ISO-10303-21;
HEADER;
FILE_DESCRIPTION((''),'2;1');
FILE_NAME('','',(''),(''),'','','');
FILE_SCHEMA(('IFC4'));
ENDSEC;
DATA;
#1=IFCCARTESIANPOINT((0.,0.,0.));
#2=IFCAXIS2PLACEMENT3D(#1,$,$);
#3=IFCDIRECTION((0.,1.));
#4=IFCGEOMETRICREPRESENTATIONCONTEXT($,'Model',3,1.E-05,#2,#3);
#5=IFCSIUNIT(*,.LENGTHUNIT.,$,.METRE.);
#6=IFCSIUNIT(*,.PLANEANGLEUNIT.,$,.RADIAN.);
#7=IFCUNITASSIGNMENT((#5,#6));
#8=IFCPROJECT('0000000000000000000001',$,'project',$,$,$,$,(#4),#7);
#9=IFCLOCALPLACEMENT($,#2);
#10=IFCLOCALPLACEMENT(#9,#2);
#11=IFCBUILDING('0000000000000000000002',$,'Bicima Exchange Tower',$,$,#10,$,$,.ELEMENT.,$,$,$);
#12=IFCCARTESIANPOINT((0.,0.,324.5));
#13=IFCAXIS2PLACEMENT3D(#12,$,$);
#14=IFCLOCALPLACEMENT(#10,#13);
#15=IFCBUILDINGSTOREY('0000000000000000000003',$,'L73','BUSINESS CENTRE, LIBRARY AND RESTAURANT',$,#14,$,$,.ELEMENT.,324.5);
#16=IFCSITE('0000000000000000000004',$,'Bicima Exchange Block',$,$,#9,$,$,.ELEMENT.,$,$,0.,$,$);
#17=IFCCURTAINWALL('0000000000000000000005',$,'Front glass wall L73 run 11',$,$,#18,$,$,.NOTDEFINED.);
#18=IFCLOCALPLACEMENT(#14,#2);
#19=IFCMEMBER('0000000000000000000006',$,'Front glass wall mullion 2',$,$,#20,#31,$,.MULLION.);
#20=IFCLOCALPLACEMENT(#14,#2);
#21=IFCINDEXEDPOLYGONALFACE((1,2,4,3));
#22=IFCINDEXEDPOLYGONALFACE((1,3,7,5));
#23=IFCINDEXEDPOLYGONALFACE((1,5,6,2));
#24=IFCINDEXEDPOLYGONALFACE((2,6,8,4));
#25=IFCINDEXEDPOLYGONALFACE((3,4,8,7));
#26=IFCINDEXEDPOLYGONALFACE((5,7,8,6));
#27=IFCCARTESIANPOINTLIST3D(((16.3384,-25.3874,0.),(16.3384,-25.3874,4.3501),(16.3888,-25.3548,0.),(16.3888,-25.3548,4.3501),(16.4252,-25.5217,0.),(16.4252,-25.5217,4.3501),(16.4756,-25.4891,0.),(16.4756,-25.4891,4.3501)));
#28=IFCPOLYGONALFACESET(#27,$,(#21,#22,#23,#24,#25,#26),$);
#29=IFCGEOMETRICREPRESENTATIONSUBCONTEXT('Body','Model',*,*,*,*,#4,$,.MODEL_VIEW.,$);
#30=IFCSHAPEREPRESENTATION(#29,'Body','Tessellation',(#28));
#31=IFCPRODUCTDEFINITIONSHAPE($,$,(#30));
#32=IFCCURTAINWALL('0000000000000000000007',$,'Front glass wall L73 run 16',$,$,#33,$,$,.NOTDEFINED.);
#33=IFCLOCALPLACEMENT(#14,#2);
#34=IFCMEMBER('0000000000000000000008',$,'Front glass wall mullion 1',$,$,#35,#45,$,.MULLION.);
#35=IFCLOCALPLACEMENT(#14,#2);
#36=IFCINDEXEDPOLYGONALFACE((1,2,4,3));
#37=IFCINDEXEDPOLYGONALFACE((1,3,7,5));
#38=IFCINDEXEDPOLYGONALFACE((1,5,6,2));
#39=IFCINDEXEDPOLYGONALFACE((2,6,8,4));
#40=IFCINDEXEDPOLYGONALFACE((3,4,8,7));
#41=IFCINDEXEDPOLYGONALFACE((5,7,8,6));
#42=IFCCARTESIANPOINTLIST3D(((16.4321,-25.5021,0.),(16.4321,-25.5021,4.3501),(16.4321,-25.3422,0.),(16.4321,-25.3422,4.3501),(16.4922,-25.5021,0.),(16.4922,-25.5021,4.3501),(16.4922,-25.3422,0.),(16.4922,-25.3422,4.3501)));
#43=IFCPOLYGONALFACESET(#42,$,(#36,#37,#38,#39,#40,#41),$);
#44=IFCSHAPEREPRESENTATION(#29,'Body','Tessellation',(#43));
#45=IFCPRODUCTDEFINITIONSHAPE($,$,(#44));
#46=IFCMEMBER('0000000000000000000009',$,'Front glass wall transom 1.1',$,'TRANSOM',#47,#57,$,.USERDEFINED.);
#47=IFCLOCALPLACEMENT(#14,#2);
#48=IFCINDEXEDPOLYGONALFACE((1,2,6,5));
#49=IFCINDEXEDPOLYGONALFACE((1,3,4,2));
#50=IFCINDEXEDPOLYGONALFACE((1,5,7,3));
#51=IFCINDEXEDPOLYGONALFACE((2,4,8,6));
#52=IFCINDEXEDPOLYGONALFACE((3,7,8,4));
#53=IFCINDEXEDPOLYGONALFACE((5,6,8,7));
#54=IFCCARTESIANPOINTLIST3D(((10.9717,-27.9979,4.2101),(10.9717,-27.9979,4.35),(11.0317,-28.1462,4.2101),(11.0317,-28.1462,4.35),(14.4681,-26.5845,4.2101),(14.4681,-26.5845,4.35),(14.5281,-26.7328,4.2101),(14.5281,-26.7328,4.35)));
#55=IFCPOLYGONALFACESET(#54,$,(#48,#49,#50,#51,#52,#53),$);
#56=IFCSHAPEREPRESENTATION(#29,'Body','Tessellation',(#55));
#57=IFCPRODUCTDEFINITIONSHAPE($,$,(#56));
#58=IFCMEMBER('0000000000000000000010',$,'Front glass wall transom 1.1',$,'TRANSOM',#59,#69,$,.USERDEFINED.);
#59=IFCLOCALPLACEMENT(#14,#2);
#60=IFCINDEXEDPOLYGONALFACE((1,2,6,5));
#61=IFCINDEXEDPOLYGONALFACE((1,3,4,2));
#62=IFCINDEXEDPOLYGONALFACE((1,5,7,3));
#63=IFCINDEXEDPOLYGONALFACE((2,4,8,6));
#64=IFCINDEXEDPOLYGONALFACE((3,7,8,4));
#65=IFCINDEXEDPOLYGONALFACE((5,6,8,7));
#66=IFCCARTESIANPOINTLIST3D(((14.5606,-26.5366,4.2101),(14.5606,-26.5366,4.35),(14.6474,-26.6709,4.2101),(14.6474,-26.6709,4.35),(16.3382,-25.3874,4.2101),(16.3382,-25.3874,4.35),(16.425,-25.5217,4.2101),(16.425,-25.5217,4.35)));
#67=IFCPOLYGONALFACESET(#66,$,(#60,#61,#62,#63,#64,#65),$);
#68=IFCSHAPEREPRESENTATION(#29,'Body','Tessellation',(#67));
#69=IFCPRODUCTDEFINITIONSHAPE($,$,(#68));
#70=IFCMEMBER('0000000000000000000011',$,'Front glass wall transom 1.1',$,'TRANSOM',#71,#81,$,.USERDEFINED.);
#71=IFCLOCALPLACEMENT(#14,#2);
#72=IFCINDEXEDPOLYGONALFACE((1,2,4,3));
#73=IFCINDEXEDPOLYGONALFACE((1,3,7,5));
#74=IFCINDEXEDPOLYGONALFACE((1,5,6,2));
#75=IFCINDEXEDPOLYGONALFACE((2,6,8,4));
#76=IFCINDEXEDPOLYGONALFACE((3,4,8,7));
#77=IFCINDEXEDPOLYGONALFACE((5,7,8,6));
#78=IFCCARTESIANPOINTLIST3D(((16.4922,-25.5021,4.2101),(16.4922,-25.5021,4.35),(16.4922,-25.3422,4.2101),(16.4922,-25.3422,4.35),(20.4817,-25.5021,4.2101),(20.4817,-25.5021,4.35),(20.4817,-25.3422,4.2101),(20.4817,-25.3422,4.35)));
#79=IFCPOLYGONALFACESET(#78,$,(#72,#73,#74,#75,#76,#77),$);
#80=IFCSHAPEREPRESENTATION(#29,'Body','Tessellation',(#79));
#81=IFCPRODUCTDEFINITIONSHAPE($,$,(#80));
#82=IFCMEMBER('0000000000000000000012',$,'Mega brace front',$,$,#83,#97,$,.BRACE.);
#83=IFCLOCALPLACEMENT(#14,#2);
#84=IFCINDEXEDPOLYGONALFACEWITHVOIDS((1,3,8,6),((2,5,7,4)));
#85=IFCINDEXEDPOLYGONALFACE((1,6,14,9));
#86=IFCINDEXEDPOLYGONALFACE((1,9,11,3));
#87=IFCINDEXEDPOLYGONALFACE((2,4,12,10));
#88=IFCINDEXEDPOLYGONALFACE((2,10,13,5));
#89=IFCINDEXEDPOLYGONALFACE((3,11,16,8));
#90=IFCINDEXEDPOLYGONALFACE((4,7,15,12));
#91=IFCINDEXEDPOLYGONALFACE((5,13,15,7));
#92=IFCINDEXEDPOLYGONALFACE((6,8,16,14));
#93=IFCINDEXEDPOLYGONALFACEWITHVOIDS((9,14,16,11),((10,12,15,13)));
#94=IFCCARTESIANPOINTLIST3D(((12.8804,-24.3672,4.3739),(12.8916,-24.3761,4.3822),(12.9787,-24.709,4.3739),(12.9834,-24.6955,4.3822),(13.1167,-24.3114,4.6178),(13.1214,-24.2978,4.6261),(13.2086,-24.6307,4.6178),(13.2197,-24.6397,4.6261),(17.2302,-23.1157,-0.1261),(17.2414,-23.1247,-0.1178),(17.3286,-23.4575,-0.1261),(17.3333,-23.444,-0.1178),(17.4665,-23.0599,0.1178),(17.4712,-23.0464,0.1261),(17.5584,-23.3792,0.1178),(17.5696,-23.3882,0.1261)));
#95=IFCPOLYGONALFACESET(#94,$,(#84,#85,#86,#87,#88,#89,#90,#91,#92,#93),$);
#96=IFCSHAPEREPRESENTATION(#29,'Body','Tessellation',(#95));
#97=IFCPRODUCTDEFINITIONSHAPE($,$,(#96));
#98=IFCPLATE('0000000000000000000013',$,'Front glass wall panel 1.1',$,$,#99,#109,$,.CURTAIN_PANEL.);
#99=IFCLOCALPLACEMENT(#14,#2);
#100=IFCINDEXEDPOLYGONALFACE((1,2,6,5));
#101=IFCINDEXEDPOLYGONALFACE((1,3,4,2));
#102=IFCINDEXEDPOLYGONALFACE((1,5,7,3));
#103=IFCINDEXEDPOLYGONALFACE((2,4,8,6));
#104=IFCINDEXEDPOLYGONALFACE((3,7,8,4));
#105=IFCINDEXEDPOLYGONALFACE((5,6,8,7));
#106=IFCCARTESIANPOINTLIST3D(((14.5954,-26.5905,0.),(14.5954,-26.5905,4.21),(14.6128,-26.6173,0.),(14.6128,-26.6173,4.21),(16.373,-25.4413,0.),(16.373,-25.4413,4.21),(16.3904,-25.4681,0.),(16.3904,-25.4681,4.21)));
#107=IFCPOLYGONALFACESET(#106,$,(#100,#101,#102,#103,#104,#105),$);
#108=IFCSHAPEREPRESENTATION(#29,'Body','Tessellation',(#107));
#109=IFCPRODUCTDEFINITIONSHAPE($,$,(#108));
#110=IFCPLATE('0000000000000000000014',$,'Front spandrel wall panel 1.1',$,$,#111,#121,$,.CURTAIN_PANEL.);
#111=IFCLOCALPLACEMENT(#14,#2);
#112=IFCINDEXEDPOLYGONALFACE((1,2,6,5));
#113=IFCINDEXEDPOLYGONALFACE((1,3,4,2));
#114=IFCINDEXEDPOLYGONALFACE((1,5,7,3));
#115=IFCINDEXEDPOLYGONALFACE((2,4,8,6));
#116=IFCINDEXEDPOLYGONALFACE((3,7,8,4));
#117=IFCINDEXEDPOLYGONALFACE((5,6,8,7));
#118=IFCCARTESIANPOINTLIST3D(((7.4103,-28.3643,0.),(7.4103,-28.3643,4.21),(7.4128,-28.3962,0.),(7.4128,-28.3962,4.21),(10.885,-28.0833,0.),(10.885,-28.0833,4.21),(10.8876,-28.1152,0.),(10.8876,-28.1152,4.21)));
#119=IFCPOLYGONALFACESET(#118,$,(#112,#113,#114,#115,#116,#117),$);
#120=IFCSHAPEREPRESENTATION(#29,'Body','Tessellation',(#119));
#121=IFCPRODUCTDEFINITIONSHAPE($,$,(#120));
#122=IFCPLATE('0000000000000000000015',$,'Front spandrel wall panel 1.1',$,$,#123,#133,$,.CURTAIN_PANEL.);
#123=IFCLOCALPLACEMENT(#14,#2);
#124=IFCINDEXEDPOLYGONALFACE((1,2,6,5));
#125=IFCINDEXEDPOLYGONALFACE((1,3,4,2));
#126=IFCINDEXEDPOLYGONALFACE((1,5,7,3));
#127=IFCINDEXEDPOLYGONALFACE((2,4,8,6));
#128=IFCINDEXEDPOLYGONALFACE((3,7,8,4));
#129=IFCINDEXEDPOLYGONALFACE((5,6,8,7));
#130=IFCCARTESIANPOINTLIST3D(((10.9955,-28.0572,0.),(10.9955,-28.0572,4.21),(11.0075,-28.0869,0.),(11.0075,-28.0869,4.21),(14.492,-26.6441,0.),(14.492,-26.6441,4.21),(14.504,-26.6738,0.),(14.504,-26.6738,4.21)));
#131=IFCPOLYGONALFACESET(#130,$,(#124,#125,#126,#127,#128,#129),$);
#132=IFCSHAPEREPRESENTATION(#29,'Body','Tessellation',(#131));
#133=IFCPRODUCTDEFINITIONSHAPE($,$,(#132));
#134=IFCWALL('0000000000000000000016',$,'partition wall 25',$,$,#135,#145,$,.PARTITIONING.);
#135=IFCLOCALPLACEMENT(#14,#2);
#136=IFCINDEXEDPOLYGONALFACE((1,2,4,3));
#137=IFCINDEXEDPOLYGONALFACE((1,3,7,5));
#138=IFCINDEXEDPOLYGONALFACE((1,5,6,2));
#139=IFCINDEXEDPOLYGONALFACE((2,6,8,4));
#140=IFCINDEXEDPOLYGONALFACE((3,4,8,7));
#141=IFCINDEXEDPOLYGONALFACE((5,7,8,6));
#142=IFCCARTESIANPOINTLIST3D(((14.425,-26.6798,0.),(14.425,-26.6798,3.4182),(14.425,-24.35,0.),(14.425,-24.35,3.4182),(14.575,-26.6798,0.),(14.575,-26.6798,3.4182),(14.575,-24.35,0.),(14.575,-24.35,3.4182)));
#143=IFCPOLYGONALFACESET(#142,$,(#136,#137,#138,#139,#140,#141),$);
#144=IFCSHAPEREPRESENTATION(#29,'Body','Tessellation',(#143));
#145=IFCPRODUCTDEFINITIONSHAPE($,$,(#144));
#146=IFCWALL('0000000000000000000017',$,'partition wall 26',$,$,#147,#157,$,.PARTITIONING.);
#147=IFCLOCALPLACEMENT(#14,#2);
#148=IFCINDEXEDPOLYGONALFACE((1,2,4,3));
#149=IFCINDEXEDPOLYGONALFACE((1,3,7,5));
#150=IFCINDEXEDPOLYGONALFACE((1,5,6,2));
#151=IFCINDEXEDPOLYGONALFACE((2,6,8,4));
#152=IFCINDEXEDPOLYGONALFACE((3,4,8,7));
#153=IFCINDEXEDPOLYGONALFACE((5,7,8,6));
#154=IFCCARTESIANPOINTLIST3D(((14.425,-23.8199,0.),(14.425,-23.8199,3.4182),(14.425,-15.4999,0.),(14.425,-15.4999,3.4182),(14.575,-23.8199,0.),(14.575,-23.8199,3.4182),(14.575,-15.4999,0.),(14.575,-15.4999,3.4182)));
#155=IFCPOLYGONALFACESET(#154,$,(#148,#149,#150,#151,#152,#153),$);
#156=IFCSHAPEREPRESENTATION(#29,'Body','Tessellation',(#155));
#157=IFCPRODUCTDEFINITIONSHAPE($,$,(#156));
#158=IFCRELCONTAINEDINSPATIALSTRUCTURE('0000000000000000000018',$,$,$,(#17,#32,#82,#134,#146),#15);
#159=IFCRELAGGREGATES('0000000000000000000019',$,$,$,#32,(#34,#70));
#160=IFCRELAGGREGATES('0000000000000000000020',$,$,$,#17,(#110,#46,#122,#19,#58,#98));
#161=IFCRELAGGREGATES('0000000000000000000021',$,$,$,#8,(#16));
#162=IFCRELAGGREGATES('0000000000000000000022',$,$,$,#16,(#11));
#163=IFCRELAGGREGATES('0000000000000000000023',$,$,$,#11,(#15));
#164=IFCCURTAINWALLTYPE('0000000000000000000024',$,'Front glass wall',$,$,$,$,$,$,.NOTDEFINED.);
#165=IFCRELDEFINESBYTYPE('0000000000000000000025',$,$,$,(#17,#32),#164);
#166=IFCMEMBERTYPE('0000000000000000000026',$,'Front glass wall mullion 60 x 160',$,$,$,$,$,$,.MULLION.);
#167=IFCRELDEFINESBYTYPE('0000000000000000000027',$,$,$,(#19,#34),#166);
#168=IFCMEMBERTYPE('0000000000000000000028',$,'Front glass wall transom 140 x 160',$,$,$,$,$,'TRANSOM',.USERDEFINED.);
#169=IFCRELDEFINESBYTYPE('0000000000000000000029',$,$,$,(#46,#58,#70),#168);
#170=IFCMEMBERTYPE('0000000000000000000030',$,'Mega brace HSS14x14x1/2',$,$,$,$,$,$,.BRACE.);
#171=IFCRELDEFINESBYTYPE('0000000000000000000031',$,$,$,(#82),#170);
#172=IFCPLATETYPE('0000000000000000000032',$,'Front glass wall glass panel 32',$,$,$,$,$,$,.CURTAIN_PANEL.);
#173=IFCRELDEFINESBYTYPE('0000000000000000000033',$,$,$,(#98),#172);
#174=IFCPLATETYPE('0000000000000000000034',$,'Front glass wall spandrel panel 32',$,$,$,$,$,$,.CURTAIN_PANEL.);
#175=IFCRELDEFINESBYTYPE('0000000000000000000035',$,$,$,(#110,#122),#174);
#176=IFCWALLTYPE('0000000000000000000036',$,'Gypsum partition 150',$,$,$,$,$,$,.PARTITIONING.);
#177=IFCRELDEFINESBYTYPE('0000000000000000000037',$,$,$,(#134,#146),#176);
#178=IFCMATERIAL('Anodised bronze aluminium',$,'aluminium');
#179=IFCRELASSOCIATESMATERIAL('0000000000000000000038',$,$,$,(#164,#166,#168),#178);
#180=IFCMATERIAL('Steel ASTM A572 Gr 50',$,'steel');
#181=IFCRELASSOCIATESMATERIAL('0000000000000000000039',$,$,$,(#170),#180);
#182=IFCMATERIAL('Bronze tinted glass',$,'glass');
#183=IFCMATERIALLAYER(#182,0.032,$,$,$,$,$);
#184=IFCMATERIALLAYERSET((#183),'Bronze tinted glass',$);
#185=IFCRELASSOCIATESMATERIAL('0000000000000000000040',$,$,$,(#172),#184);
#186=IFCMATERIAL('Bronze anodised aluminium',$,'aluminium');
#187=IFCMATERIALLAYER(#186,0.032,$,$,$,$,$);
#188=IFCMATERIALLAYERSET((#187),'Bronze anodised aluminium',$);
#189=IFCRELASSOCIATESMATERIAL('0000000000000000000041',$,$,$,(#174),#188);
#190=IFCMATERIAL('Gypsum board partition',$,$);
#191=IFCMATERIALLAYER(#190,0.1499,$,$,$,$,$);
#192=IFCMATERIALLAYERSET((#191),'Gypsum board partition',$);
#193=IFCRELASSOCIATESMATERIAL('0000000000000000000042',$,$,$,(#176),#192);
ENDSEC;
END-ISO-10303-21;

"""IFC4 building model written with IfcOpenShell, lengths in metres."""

from ifc_helpers import new_model, si_unit, direction, frame, frame_2d, origin, origin_2d, place, context, subcontext, project, spatial, rectangle, hollow_rectangle, extrude, material, layer, layer_set, material_profile, profile_set, type_object, element, aggregate, save


model = new_model("IFC4")

# Units and contexts
model_context = context("Model", 3, precision=1e-05, world=origin(), true_north=direction((0.0, 1.0)))
body_context = subcontext(model_context, "Body", "Model", "MODEL_VIEW")
ifc_project = project(units=[si_unit("LENGTHUNIT", "METRE"), si_unit("PLANEANGLEUNIT", "RADIAN")], contexts=[model_context])

# Site, building, storey
site_placement = place(None, origin())
site = spatial("IfcSite", under=ifc_project, at=site_placement, Name="Bicima Exchange Block", CompositionType="ELEMENT", RefElevation=0.0)
building_placement = place(site_placement, origin())
building = spatial("IfcBuilding", under=site, at=building_placement, Name="Bicima Exchange Tower", CompositionType="ELEMENT")
storey_placement = place(building_placement, frame((0.0, 0.0, 324.5)))
storey = spatial("IfcBuildingStorey", under=building, at=storey_placement, Name="L73", Description="BUSINESS CENTRE, LIBRARY AND RESTAURANT", CompositionType="ELEMENT", Elevation=324.5)

# Shared definitions
ifc_material_1 = material(Name="Steel ASTM A572 Gr 50", Category="steel")

# Curtain wall, member
ifc_material_2 = material(Name="Anodised bronze aluminium", Category="aluminium")
curtain_wall_type = type_object("IfcCurtainWallType", Name="Front glass wall", PredefinedType="NOTDEFINED", material=ifc_material_2)
curtain_wall_1_placement = place(storey_placement, origin())
curtain_wall_1 = element("IfcCurtainWall", 1, at=curtain_wall_1_placement, inside=storey, type_object=curtain_wall_type, Name="Front glass wall L73 run 11", PredefinedType="NOTDEFINED")
ifc_material_profile_1 = material_profile(ifc_material_2, rectangle(XDim=0.1599, YDim=0.0601, at=origin_2d()))
ifc_profile_set_1 = profile_set([ifc_material_profile_1], Name="Anodised bronze aluminium")
member_type_1 = type_object("IfcMemberType", Name="Front glass wall mullion 60 x 160", PredefinedType="MULLION", material=ifc_profile_set_1)
member_1_placement = place(storey_placement, frame((16.407, -25.4382, 0.0), z_axis=(0.0, 0.0, 1.0), x_axis=(-0.542909, 0.839791, 0.0)))
member_1 = element("IfcMember", 2, at=member_1_placement, type_object=member_type_1, Name="Front glass wall mullion 2", PredefinedType="MULLION", context=body_context, shape_type="SweptSolid", body=[
    extrude(rectangle(XDim=0.1599, YDim=0.0601, at=origin_2d()), origin(), (0.0, 0.0, 1.0), 4.3501),
])

# Curtain wall, member
curtain_wall_2_placement = place(storey_placement, origin())
curtain_wall_2 = element("IfcCurtainWall", 3, at=curtain_wall_2_placement, inside=storey, type_object=curtain_wall_type, Name="Front glass wall L73 run 16", PredefinedType="NOTDEFINED")
member_2_placement = place(storey_placement, frame((16.4622, -25.4221, 0.0), z_axis=(0.0, 0.0, 1.0), x_axis=(0.0, 1.0, 0.0)))
member_2 = element("IfcMember", 4, at=member_2_placement, type_object=member_type_1, Name="Front glass wall mullion 1", PredefinedType="MULLION", context=body_context, shape_type="SweptSolid", body=[
    extrude(rectangle(XDim=0.1599, YDim=0.0601, at=origin_2d()), origin(), (0.0, 0.0, 1.0), 4.3501),
])

# Members
ifc_material_profile_2 = material_profile(ifc_material_2, rectangle(XDim=0.1599, YDim=0.1399, at=origin_2d()))
ifc_profile_set_2 = profile_set([ifc_material_profile_2], Name="Anodised bronze aluminium")
member_type_2 = type_object("IfcMemberType", Name="Front glass wall transom 140 x 160", ElementType="TRANSOM", PredefinedType="USERDEFINED", material=ifc_profile_set_2)
member_3_placement = place(storey_placement, frame((11.0017, -28.072, 4.28), z_axis=(0.927118, 0.37477, 0.0), x_axis=(-0.37477, 0.927118, 0.0)))
member_3 = element("IfcMember", 5, at=member_3_placement, type_object=member_type_2, Name="Front glass wall transom 1.1", ObjectType="TRANSOM", PredefinedType="USERDEFINED", context=body_context, shape_type="SweptSolid", body=[
    extrude(rectangle(XDim=0.1599, YDim=0.1399, at=origin_2d()), origin(), (0.0, 0.0, 1.0), 3.7712),
])
member_4_placement = place(storey_placement, frame((14.604, -26.6038, 4.28), z_axis=(0.839793, 0.542907, 0.0), x_axis=(-0.542907, 0.839793, 0.0)))
member_4 = element("IfcMember", 6, at=member_4_placement, type_object=member_type_2, Name="Front glass wall transom 1.1", ObjectType="TRANSOM", PredefinedType="USERDEFINED", context=body_context, shape_type="SweptSolid", body=[
    extrude(rectangle(XDim=0.1599, YDim=0.1399, at=origin_2d()), origin(), (0.0, 0.0, 1.0), 2.1167),
])
member_5_placement = place(storey_placement, frame((16.4922, -25.4221, 4.28), z_axis=(1.0, 0.0, 0.0), x_axis=(0.0, 1.0, 0.0)))
member_5 = element("IfcMember", 7, at=member_5_placement, type_object=member_type_2, Name="Front glass wall transom 1.1", ObjectType="TRANSOM", PredefinedType="USERDEFINED", context=body_context, shape_type="SweptSolid", body=[
    extrude(rectangle(XDim=0.1599, YDim=0.1399, at=origin_2d()), origin(), (0.0, 0.0, 1.0), 3.9895),
])
aggregate(curtain_wall_2, [member_2, member_5])
ifc_material_profile_3 = material_profile(ifc_material_1, hollow_rectangle(XDim=0.3557, YDim=0.3557, WallThickness=0.0117, at=origin_2d()))
ifc_profile_set_3 = profile_set([ifc_material_profile_3], Name="Steel ASTM A572 Gr 50")
member_type_3 = type_object("IfcMemberType", Name="Mega brace HSS14x14x1/2", PredefinedType="BRACE", material=ifc_profile_set_3)
member_6_placement = place(storey_placement, frame((17.3999, -23.252, 0.0), z_axis=(-0.681519, -0.196075, 0.705044), x_axis=(0.276487, -0.961018, 0.0)))
element("IfcMember", 8, at=member_6_placement, inside=storey, type_object=member_type_3, Name="Mega brace front", PredefinedType="BRACE", context=body_context, shape_type="SweptSolid", body=[
    extrude(hollow_rectangle(XDim=0.3557, YDim=0.3557, WallThickness=0.0117, at=origin_2d()), origin(), (0.0, 0.0, 1.0), 6.3826),
])

# Plates
ifc_material_3 = material(Name="Bronze tinted glass", Category="glass")
ifc_layer_1 = layer(ifc_material_3, 0.032)
ifc_layer_set_1 = layer_set([ifc_layer_1], Name="Bronze tinted glass")
plate_type_1 = type_object("IfcPlateType", Name="Front glass wall glass panel 32", PredefinedType="CURTAIN_PANEL", material=ifc_layer_set_1)
plate_1_placement = place(storey_placement, frame((15.4929, -26.0293, 0.0), z_axis=(0.0, 0.0, 1.0), x_axis=(0.839791, 0.542909, 0.0)))
plate_1 = element("IfcPlate", 9, at=plate_1_placement, type_object=plate_type_1, Name="Front glass wall panel 1.1", PredefinedType="CURTAIN_PANEL", context=body_context, shape_type="SweptSolid", body=[
    extrude(rectangle(XDim=2.1167, YDim=0.032, at=origin_2d()), origin(), (0.0, 0.0, 1.0), 4.21),
])
ifc_material_4 = material(Name="Bronze anodised aluminium", Category="aluminium")
ifc_layer_2 = layer(ifc_material_4, 0.032)
ifc_layer_set_2 = layer_set([ifc_layer_2], Name="Bronze anodised aluminium")
plate_type_2 = type_object("IfcPlateType", Name="Front glass wall spandrel panel 32", PredefinedType="CURTAIN_PANEL", material=ifc_layer_set_2)
plate_2_placement = place(storey_placement, frame((9.1489, -28.2397, 0.0), z_axis=(0.0, 0.0, 1.0), x_axis=(0.996747, 0.080589, 0.0)))
plate_2 = element("IfcPlate", 10, at=plate_2_placement, type_object=plate_type_2, Name="Front spandrel wall panel 1.1", PredefinedType="CURTAIN_PANEL", context=body_context, shape_type="SweptSolid", body=[
    extrude(rectangle(XDim=3.4861, YDim=0.032, at=origin_2d()), origin(), (0.0, 0.0, 1.0), 4.21),
])
plate_3_placement = place(storey_placement, frame((12.7498, -27.3655, 0.0), z_axis=(0.0, 0.0, 1.0), x_axis=(0.927144, 0.374705, 0.0)))
plate_3 = element("IfcPlate", 11, at=plate_3_placement, type_object=plate_type_2, Name="Front spandrel wall panel 1.1", PredefinedType="CURTAIN_PANEL", context=body_context, shape_type="SweptSolid", body=[
    extrude(rectangle(XDim=3.7712, YDim=0.032, at=origin_2d()), origin(), (0.0, 0.0, 1.0), 4.21),
])
aggregate(curtain_wall_1, [plate_2, member_3, plate_3, member_1, member_4, plate_1])

# Walls
ifc_material_5 = material(Name="Gypsum board partition")
ifc_layer_3 = layer(ifc_material_5, 0.1499)
ifc_layer_set_3 = layer_set([ifc_layer_3], Name="Gypsum board partition")
wall_type = type_object("IfcWallType", Name="Gypsum partition 150", PredefinedType="PARTITIONING", material=ifc_layer_set_3)
wall_1_placement = place(storey_placement, frame((14.5, -26.6799, 0.0), z_axis=(0.0, 0.0, 1.0), x_axis=(0.0, 1.0, 0.0)))
element("IfcWall", 12, at=wall_1_placement, inside=storey, type_object=wall_type, Name="partition wall 25", PredefinedType="PARTITIONING", context=body_context, shape_type="SweptSolid", body=[
    extrude(rectangle(XDim=2.3298, YDim=0.1499, at=frame_2d((1.165, 0.0))), origin(), (0.0, 0.0, 1.0), 3.4182),
])
wall_2_placement = place(storey_placement, frame((14.5, -23.8201, 0.0), z_axis=(0.0, 0.0, 1.0), x_axis=(0.0, 1.0, 0.0)))
element("IfcWall", 13, at=wall_2_placement, inside=storey, type_object=wall_type, Name="partition wall 26", PredefinedType="PARTITIONING", context=body_context, shape_type="SweptSolid", body=[
    extrude(rectangle(XDim=8.3201, YDim=0.1499, at=frame_2d((4.1602, 0.0))), origin(), (0.0, 0.0, 1.0), 3.4182),
])

save(model, "model.ifc")
